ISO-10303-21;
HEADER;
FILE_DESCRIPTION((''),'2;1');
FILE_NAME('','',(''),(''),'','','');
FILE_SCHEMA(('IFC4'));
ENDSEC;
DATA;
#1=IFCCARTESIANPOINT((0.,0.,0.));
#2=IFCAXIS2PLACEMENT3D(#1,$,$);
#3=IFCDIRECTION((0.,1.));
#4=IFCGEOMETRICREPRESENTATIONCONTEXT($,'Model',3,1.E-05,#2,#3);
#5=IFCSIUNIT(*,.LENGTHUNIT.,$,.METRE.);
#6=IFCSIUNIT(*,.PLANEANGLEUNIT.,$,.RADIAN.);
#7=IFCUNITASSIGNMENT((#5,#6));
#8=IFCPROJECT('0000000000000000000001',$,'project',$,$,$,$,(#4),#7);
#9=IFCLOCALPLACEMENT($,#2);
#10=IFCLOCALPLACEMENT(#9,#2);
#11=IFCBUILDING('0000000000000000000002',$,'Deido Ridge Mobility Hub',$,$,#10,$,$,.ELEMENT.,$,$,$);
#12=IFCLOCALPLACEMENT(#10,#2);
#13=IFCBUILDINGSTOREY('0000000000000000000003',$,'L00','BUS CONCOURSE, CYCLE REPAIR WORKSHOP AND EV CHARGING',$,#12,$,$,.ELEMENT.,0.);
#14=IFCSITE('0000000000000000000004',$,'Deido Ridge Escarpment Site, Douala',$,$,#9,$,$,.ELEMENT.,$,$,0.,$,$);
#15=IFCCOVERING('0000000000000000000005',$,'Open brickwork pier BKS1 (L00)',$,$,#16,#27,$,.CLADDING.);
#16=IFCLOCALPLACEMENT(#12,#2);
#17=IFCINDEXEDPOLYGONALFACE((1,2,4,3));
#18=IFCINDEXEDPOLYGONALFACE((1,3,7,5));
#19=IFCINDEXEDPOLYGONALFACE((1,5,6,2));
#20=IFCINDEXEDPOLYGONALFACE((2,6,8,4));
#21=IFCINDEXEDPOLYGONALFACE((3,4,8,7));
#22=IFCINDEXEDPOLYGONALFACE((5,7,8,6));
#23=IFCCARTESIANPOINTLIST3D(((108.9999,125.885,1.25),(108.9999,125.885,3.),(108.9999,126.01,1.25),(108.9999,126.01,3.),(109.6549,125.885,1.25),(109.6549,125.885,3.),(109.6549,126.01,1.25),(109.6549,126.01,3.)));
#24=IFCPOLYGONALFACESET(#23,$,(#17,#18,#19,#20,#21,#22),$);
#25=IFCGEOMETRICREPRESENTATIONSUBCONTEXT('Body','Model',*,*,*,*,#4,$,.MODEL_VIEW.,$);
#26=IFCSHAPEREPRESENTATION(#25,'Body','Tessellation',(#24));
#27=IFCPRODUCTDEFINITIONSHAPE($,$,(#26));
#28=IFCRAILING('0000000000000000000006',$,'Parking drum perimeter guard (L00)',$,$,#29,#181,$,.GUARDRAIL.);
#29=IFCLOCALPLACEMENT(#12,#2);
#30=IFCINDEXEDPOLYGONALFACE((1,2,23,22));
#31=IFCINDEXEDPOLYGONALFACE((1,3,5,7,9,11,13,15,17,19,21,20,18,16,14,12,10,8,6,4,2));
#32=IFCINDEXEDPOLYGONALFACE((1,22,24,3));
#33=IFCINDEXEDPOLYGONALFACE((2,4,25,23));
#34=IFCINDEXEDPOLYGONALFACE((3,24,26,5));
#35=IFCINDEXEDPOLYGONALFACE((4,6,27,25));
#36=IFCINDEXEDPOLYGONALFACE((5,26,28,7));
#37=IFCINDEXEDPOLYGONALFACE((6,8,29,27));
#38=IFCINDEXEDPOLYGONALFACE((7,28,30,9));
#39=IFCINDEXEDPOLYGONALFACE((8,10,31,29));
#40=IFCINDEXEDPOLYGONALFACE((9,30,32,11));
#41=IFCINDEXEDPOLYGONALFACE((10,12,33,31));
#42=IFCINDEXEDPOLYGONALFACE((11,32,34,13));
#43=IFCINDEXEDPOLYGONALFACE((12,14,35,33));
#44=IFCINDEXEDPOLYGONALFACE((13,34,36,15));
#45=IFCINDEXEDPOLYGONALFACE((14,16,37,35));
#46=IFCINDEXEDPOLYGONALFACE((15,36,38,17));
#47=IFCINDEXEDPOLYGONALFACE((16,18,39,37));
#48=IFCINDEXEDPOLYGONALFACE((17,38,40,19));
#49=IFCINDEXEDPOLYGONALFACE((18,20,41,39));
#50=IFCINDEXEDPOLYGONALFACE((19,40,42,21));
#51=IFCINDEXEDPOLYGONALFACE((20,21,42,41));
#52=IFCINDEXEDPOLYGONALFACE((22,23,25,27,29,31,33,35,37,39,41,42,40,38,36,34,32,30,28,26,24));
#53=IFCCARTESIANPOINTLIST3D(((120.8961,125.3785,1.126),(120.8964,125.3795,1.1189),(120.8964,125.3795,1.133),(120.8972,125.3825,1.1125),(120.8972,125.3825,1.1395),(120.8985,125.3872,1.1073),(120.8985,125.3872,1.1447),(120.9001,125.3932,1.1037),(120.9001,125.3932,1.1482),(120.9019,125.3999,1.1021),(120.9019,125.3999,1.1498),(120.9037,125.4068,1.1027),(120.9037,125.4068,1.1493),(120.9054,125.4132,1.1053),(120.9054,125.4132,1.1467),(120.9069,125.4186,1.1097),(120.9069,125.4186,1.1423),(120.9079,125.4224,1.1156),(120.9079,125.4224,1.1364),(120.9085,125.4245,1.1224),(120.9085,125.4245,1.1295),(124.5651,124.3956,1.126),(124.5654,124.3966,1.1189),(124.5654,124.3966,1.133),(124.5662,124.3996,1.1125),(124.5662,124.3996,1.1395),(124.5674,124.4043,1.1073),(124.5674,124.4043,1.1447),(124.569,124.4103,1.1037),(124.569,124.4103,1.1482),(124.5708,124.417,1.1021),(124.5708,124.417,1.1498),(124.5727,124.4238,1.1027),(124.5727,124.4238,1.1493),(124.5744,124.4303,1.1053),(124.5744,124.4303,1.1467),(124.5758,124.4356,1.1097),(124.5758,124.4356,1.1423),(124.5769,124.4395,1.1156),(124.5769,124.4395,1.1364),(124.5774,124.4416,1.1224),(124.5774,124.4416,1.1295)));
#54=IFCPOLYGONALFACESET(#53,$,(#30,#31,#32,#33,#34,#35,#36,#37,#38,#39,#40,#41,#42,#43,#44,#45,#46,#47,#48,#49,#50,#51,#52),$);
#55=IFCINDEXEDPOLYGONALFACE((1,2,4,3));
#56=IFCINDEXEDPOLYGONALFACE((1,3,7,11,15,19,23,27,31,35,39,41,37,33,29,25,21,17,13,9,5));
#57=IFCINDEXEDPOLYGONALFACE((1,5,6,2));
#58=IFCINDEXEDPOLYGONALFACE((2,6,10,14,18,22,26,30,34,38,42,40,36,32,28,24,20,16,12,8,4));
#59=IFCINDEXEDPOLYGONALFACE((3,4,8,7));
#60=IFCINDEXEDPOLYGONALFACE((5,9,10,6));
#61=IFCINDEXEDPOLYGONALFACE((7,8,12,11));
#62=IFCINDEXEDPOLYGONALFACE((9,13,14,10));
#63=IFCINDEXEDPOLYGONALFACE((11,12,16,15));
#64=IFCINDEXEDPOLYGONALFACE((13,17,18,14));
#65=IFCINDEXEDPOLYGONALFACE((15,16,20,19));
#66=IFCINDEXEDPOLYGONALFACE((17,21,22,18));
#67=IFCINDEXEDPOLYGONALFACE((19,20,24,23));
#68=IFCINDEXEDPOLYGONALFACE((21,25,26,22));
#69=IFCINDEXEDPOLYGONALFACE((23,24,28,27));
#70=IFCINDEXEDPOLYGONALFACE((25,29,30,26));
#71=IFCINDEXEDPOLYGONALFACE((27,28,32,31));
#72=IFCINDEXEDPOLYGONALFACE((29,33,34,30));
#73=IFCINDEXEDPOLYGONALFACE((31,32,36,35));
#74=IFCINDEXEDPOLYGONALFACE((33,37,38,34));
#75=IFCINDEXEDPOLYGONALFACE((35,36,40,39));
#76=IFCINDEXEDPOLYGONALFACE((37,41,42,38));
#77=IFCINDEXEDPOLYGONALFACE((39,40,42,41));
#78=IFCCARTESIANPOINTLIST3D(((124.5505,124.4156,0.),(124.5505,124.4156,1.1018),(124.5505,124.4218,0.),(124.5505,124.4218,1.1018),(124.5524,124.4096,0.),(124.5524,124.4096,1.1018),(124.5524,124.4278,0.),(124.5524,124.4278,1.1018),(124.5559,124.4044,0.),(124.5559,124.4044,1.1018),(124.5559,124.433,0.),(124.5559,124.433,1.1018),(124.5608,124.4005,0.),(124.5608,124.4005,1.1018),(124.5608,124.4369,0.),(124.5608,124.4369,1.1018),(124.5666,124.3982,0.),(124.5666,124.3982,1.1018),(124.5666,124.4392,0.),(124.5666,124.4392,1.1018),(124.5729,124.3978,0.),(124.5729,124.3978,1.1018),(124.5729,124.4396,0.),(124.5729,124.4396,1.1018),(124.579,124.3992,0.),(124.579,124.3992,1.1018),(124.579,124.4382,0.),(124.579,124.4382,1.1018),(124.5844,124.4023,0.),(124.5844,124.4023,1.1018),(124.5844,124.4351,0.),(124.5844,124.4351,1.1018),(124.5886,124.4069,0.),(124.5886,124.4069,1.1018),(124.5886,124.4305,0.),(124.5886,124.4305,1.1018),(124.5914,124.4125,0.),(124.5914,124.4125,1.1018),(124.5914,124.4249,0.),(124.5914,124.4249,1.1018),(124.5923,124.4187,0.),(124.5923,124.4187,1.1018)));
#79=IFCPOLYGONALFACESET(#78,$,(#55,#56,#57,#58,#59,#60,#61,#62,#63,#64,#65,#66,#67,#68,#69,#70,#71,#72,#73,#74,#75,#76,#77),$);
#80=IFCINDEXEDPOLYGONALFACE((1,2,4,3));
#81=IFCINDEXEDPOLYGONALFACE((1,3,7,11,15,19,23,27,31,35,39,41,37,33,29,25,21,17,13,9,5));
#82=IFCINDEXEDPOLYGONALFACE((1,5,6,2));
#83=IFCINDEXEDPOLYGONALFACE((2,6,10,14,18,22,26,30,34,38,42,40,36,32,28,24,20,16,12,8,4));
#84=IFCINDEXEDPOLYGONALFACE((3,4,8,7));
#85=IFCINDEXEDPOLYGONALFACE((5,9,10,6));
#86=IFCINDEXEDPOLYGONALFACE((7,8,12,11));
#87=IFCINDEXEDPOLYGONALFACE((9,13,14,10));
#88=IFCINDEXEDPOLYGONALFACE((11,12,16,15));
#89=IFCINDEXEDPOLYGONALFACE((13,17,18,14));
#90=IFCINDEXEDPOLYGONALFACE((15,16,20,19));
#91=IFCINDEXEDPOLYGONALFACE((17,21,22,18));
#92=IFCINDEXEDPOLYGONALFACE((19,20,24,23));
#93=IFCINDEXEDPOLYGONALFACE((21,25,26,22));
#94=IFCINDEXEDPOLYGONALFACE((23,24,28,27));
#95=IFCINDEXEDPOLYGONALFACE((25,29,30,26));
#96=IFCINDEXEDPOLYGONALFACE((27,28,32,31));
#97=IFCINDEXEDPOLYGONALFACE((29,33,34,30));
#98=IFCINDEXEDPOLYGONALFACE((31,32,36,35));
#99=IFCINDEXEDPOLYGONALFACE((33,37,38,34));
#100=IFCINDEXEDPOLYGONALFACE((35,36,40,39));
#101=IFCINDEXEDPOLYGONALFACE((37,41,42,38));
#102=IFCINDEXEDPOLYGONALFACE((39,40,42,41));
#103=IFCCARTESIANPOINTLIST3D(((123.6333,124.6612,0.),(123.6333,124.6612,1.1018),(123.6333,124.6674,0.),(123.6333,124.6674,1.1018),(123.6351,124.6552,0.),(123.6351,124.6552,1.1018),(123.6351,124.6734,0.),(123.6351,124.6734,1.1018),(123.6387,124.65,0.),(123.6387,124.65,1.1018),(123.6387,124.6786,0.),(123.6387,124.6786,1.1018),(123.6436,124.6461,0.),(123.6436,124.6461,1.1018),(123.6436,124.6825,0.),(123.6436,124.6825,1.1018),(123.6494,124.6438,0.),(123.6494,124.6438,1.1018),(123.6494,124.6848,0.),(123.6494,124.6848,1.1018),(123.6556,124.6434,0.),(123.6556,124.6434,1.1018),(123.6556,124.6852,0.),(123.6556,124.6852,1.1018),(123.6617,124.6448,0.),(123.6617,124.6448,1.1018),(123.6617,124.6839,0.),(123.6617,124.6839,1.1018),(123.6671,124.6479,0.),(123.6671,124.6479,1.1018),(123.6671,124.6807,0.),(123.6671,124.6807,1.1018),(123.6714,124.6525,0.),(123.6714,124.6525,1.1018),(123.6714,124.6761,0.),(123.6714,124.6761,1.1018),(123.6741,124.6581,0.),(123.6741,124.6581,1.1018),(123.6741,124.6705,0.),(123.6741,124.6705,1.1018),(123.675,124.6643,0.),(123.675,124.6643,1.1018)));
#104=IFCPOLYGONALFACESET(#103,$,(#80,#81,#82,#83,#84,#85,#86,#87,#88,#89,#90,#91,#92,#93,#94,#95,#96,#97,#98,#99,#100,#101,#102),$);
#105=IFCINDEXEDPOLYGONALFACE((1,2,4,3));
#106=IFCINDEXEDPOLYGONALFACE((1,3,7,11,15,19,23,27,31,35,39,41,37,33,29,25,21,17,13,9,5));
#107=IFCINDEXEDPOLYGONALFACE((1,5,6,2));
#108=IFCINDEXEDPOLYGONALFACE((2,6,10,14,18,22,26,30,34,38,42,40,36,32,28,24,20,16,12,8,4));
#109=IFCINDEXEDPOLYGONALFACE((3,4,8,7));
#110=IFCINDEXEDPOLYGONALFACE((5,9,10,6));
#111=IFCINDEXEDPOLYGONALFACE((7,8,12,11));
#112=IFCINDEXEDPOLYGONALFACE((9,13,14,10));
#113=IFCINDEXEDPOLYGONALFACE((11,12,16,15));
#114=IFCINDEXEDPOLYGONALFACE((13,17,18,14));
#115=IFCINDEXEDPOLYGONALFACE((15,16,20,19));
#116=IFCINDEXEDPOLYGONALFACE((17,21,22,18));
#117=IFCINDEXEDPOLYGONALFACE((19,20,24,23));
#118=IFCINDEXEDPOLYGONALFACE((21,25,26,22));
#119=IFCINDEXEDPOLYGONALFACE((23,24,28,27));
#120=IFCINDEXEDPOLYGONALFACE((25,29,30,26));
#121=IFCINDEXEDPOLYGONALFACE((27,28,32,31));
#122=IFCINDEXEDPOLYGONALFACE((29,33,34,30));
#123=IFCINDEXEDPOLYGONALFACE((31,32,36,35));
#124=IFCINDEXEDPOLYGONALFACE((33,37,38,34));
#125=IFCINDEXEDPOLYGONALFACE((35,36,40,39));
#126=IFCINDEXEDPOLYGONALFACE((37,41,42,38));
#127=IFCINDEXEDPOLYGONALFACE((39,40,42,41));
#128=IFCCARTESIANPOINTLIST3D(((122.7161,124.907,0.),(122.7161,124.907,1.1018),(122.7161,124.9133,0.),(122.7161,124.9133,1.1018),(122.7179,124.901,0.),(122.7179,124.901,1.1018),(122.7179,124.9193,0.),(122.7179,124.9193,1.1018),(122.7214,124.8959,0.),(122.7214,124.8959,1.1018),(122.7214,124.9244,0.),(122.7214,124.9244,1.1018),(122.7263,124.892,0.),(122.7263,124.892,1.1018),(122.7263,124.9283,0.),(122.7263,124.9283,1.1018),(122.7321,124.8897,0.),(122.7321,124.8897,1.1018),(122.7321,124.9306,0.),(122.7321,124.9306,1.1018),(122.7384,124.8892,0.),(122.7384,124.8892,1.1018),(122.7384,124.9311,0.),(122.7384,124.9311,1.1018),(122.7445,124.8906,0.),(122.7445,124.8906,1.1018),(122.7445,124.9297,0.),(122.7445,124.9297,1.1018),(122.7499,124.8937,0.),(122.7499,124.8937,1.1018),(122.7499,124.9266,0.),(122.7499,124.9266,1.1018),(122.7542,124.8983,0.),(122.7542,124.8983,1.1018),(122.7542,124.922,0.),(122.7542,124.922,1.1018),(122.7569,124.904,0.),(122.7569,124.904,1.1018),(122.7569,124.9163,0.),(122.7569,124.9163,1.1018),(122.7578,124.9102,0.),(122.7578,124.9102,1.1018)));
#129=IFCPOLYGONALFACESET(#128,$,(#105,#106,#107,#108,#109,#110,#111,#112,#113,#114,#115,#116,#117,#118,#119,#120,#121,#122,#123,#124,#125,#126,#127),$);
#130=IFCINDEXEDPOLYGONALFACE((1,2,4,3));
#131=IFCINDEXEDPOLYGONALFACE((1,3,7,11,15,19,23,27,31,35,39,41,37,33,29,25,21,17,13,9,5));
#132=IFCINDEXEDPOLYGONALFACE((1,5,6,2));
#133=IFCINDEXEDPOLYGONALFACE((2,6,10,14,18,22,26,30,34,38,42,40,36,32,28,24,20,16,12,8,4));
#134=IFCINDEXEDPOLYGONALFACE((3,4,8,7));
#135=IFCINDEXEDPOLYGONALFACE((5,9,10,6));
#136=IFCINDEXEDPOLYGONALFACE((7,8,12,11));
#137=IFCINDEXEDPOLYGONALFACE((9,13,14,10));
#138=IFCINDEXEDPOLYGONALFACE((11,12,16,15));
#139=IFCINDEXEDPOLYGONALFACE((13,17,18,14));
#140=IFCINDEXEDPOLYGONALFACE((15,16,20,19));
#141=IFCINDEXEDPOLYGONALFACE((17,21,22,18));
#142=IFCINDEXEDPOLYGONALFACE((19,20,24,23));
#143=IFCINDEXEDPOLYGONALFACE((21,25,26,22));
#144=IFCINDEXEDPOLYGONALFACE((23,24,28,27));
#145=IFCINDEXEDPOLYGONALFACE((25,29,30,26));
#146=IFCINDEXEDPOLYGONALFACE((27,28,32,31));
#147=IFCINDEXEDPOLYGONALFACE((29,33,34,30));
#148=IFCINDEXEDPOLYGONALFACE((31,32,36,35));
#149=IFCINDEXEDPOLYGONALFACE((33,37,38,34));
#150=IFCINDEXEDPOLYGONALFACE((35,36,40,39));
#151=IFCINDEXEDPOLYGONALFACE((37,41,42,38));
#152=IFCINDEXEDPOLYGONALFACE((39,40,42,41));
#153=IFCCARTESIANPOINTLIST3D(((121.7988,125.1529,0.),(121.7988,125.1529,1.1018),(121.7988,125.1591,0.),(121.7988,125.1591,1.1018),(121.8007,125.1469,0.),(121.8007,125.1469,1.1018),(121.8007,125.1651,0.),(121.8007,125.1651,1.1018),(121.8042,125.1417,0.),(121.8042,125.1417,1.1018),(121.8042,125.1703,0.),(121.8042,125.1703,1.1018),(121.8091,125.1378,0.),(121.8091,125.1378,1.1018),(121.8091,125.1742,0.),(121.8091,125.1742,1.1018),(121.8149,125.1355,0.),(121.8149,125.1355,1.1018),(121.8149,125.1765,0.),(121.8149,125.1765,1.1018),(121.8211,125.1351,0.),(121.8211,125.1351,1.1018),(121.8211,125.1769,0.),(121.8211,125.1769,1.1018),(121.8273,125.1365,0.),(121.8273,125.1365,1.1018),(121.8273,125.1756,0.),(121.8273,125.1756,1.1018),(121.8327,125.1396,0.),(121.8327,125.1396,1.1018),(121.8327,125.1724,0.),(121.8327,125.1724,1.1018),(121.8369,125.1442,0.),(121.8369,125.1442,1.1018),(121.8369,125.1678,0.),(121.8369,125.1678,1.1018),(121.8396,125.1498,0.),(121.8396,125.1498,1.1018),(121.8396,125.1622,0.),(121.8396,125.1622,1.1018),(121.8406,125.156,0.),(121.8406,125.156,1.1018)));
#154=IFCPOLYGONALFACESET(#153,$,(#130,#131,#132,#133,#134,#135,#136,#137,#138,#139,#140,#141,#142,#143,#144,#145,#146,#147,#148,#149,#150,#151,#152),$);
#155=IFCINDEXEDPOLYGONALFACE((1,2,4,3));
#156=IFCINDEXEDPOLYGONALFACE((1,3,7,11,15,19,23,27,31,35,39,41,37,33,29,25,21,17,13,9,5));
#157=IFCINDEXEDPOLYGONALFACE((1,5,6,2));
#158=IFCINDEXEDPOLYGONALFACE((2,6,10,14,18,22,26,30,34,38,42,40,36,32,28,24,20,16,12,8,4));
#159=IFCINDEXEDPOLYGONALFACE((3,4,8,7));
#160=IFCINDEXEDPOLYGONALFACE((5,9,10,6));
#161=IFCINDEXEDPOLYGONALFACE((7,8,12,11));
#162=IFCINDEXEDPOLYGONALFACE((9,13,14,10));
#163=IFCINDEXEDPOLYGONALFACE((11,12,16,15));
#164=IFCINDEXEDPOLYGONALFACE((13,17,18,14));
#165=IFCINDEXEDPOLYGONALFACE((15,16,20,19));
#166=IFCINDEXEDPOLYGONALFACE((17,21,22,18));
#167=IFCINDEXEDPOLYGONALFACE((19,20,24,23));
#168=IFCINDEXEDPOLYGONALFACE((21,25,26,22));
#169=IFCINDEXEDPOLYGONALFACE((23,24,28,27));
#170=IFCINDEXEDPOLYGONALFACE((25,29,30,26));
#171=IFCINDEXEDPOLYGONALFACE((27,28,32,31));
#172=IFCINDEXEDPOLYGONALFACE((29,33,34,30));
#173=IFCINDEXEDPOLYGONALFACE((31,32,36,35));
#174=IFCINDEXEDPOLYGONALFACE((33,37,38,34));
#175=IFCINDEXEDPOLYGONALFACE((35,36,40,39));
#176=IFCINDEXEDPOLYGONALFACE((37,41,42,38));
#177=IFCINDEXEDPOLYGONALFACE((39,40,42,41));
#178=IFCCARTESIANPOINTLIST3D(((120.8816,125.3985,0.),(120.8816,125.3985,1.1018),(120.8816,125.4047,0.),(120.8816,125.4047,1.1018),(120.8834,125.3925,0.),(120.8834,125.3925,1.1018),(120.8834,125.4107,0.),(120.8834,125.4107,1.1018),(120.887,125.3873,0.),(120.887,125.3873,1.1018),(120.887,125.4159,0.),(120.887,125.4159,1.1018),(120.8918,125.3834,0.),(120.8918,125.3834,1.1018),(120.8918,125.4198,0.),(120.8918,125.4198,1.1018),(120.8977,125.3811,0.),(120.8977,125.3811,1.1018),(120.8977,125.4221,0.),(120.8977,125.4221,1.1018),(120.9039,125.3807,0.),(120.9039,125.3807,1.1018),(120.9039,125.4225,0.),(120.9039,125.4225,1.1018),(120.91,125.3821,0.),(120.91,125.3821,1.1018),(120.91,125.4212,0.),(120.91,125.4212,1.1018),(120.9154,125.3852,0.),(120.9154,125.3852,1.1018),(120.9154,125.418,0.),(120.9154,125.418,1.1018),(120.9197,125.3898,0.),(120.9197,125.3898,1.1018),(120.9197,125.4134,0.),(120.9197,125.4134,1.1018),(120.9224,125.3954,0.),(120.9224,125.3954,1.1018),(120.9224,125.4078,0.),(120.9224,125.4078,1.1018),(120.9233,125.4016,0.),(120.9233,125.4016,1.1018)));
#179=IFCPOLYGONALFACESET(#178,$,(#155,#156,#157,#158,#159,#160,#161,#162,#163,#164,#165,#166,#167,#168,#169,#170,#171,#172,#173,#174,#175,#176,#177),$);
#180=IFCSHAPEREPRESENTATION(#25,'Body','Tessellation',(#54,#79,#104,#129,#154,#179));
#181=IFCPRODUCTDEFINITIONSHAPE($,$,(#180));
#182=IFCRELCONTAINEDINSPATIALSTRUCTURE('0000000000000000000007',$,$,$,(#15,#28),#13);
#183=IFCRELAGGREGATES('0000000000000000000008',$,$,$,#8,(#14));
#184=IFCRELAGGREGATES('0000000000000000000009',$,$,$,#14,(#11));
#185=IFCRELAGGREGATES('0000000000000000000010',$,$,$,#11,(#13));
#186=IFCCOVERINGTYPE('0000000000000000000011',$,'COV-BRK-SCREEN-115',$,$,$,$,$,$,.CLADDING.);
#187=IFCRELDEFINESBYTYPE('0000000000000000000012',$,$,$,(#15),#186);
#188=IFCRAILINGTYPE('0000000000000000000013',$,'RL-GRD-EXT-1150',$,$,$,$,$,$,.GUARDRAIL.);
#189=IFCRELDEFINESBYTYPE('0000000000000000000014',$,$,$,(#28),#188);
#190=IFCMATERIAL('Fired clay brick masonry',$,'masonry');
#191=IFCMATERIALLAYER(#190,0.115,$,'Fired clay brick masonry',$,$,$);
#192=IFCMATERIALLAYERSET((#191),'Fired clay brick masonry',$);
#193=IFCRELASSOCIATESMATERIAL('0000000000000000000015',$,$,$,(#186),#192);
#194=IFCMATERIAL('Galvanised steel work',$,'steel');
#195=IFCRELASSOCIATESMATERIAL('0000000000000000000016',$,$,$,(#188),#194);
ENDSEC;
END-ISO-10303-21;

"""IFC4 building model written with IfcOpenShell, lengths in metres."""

from ifc_helpers import new_model, si_unit, direction, frame, origin, origin_2d, place, context, subcontext, project, spatial, rectangle, circle, extrude, material, layer, layer_set, type_object, element, save


model = new_model("IFC4")

# Units and contexts
model_context = context("Model", 3, precision=1e-05, world=origin(), true_north=direction((0.0, 1.0)))
body_context = subcontext(model_context, "Body", "Model", "MODEL_VIEW")
ifc_project = project(units=[si_unit("LENGTHUNIT", "METRE"), si_unit("PLANEANGLEUNIT", "RADIAN")], contexts=[model_context])

# Site, building, storey
site_placement = place(None, origin())
site = spatial("IfcSite", under=ifc_project, at=site_placement, Name="Deido Ridge Escarpment Site, Douala", CompositionType="ELEMENT", RefElevation=0.0)
building_placement = place(site_placement, origin())
building = spatial("IfcBuilding", under=site, at=building_placement, Name="Deido Ridge Mobility Hub", CompositionType="ELEMENT")
storey_placement = place(building_placement, origin())
storey = spatial("IfcBuildingStorey", under=building, at=storey_placement, Name="L00", Description="BUS CONCOURSE, CYCLE REPAIR WORKSHOP AND EV CHARGING", CompositionType="ELEMENT", Elevation=0.0)

# Covering
ifc_material_1 = material(Name="Fired clay brick masonry", Category="masonry")
ifc_layer = layer(ifc_material_1, 0.115, Name="Fired clay brick masonry")
ifc_layer_set = layer_set([ifc_layer], Name="Fired clay brick masonry")
covering_type = type_object("IfcCoveringType", Name="COV-BRK-SCREEN-115", PredefinedType="CLADDING", material=ifc_layer_set)
covering_1_placement = place(storey_placement, frame((109.3274, 125.9475, 1.25), z_axis=(0.0, 0.0, 1.0), x_axis=(-1.0, 0.0, 0.0)))
element("IfcCovering", 1, at=covering_1_placement, inside=storey, type_object=covering_type, Name="Open brickwork pier BKS1 (L00)", PredefinedType="CLADDING", context=body_context, shape_type="SweptSolid", body=[
    extrude(rectangle(XDim=0.655, YDim=0.125, at=origin_2d()), origin(), (0.0, 0.0, 1.0), 1.75),
])

# Railing
ifc_material_2 = material(Name="Galvanised steel work", Category="steel")
railing_type = type_object("IfcRailingType", Name="RL-GRD-EXT-1150", PredefinedType="GUARDRAIL", material=ifc_material_2)
railing_1_placement = place(storey_placement, frame((124.5713, 124.4187, 0.0)))
element("IfcRailing", 2, at=railing_1_placement, inside=storey, type_object=railing_type, Name="Parking drum perimeter guard (L00)", PredefinedType="GUARDRAIL", context=body_context, shape_type="SweptSolid", body=[
    extrude(circle(Radius=0.0239, at=origin_2d()), frame((0.0, 0.0, 1.126), z_axis=(-0.965938, 0.258775, 0.0), x_axis=(-0.258775, -0.965938, 0.0)), (0.0, 0.0, 1.0), 3.7983),
    extrude(circle(Radius=0.021, at=origin_2d()), origin(), (0.0, 0.0, 1.0), 1.1018),
    extrude(circle(Radius=0.021, at=origin_2d()), frame((-0.9172, 0.2456, 0.0)), (0.0, 0.0, 1.0), 1.1018),
    extrude(circle(Radius=0.021, at=origin_2d()), frame((-1.8345, 0.4915, 0.0)), (0.0, 0.0, 1.0), 1.1018),
    extrude(circle(Radius=0.021, at=origin_2d()), frame((-2.7517, 0.7373, 0.0)), (0.0, 0.0, 1.0), 1.1018),
    extrude(circle(Radius=0.021, at=origin_2d()), frame((-3.6689, 0.9829, 0.0)), (0.0, 0.0, 1.0), 1.1018),
])

save(model, "model.ifc")
